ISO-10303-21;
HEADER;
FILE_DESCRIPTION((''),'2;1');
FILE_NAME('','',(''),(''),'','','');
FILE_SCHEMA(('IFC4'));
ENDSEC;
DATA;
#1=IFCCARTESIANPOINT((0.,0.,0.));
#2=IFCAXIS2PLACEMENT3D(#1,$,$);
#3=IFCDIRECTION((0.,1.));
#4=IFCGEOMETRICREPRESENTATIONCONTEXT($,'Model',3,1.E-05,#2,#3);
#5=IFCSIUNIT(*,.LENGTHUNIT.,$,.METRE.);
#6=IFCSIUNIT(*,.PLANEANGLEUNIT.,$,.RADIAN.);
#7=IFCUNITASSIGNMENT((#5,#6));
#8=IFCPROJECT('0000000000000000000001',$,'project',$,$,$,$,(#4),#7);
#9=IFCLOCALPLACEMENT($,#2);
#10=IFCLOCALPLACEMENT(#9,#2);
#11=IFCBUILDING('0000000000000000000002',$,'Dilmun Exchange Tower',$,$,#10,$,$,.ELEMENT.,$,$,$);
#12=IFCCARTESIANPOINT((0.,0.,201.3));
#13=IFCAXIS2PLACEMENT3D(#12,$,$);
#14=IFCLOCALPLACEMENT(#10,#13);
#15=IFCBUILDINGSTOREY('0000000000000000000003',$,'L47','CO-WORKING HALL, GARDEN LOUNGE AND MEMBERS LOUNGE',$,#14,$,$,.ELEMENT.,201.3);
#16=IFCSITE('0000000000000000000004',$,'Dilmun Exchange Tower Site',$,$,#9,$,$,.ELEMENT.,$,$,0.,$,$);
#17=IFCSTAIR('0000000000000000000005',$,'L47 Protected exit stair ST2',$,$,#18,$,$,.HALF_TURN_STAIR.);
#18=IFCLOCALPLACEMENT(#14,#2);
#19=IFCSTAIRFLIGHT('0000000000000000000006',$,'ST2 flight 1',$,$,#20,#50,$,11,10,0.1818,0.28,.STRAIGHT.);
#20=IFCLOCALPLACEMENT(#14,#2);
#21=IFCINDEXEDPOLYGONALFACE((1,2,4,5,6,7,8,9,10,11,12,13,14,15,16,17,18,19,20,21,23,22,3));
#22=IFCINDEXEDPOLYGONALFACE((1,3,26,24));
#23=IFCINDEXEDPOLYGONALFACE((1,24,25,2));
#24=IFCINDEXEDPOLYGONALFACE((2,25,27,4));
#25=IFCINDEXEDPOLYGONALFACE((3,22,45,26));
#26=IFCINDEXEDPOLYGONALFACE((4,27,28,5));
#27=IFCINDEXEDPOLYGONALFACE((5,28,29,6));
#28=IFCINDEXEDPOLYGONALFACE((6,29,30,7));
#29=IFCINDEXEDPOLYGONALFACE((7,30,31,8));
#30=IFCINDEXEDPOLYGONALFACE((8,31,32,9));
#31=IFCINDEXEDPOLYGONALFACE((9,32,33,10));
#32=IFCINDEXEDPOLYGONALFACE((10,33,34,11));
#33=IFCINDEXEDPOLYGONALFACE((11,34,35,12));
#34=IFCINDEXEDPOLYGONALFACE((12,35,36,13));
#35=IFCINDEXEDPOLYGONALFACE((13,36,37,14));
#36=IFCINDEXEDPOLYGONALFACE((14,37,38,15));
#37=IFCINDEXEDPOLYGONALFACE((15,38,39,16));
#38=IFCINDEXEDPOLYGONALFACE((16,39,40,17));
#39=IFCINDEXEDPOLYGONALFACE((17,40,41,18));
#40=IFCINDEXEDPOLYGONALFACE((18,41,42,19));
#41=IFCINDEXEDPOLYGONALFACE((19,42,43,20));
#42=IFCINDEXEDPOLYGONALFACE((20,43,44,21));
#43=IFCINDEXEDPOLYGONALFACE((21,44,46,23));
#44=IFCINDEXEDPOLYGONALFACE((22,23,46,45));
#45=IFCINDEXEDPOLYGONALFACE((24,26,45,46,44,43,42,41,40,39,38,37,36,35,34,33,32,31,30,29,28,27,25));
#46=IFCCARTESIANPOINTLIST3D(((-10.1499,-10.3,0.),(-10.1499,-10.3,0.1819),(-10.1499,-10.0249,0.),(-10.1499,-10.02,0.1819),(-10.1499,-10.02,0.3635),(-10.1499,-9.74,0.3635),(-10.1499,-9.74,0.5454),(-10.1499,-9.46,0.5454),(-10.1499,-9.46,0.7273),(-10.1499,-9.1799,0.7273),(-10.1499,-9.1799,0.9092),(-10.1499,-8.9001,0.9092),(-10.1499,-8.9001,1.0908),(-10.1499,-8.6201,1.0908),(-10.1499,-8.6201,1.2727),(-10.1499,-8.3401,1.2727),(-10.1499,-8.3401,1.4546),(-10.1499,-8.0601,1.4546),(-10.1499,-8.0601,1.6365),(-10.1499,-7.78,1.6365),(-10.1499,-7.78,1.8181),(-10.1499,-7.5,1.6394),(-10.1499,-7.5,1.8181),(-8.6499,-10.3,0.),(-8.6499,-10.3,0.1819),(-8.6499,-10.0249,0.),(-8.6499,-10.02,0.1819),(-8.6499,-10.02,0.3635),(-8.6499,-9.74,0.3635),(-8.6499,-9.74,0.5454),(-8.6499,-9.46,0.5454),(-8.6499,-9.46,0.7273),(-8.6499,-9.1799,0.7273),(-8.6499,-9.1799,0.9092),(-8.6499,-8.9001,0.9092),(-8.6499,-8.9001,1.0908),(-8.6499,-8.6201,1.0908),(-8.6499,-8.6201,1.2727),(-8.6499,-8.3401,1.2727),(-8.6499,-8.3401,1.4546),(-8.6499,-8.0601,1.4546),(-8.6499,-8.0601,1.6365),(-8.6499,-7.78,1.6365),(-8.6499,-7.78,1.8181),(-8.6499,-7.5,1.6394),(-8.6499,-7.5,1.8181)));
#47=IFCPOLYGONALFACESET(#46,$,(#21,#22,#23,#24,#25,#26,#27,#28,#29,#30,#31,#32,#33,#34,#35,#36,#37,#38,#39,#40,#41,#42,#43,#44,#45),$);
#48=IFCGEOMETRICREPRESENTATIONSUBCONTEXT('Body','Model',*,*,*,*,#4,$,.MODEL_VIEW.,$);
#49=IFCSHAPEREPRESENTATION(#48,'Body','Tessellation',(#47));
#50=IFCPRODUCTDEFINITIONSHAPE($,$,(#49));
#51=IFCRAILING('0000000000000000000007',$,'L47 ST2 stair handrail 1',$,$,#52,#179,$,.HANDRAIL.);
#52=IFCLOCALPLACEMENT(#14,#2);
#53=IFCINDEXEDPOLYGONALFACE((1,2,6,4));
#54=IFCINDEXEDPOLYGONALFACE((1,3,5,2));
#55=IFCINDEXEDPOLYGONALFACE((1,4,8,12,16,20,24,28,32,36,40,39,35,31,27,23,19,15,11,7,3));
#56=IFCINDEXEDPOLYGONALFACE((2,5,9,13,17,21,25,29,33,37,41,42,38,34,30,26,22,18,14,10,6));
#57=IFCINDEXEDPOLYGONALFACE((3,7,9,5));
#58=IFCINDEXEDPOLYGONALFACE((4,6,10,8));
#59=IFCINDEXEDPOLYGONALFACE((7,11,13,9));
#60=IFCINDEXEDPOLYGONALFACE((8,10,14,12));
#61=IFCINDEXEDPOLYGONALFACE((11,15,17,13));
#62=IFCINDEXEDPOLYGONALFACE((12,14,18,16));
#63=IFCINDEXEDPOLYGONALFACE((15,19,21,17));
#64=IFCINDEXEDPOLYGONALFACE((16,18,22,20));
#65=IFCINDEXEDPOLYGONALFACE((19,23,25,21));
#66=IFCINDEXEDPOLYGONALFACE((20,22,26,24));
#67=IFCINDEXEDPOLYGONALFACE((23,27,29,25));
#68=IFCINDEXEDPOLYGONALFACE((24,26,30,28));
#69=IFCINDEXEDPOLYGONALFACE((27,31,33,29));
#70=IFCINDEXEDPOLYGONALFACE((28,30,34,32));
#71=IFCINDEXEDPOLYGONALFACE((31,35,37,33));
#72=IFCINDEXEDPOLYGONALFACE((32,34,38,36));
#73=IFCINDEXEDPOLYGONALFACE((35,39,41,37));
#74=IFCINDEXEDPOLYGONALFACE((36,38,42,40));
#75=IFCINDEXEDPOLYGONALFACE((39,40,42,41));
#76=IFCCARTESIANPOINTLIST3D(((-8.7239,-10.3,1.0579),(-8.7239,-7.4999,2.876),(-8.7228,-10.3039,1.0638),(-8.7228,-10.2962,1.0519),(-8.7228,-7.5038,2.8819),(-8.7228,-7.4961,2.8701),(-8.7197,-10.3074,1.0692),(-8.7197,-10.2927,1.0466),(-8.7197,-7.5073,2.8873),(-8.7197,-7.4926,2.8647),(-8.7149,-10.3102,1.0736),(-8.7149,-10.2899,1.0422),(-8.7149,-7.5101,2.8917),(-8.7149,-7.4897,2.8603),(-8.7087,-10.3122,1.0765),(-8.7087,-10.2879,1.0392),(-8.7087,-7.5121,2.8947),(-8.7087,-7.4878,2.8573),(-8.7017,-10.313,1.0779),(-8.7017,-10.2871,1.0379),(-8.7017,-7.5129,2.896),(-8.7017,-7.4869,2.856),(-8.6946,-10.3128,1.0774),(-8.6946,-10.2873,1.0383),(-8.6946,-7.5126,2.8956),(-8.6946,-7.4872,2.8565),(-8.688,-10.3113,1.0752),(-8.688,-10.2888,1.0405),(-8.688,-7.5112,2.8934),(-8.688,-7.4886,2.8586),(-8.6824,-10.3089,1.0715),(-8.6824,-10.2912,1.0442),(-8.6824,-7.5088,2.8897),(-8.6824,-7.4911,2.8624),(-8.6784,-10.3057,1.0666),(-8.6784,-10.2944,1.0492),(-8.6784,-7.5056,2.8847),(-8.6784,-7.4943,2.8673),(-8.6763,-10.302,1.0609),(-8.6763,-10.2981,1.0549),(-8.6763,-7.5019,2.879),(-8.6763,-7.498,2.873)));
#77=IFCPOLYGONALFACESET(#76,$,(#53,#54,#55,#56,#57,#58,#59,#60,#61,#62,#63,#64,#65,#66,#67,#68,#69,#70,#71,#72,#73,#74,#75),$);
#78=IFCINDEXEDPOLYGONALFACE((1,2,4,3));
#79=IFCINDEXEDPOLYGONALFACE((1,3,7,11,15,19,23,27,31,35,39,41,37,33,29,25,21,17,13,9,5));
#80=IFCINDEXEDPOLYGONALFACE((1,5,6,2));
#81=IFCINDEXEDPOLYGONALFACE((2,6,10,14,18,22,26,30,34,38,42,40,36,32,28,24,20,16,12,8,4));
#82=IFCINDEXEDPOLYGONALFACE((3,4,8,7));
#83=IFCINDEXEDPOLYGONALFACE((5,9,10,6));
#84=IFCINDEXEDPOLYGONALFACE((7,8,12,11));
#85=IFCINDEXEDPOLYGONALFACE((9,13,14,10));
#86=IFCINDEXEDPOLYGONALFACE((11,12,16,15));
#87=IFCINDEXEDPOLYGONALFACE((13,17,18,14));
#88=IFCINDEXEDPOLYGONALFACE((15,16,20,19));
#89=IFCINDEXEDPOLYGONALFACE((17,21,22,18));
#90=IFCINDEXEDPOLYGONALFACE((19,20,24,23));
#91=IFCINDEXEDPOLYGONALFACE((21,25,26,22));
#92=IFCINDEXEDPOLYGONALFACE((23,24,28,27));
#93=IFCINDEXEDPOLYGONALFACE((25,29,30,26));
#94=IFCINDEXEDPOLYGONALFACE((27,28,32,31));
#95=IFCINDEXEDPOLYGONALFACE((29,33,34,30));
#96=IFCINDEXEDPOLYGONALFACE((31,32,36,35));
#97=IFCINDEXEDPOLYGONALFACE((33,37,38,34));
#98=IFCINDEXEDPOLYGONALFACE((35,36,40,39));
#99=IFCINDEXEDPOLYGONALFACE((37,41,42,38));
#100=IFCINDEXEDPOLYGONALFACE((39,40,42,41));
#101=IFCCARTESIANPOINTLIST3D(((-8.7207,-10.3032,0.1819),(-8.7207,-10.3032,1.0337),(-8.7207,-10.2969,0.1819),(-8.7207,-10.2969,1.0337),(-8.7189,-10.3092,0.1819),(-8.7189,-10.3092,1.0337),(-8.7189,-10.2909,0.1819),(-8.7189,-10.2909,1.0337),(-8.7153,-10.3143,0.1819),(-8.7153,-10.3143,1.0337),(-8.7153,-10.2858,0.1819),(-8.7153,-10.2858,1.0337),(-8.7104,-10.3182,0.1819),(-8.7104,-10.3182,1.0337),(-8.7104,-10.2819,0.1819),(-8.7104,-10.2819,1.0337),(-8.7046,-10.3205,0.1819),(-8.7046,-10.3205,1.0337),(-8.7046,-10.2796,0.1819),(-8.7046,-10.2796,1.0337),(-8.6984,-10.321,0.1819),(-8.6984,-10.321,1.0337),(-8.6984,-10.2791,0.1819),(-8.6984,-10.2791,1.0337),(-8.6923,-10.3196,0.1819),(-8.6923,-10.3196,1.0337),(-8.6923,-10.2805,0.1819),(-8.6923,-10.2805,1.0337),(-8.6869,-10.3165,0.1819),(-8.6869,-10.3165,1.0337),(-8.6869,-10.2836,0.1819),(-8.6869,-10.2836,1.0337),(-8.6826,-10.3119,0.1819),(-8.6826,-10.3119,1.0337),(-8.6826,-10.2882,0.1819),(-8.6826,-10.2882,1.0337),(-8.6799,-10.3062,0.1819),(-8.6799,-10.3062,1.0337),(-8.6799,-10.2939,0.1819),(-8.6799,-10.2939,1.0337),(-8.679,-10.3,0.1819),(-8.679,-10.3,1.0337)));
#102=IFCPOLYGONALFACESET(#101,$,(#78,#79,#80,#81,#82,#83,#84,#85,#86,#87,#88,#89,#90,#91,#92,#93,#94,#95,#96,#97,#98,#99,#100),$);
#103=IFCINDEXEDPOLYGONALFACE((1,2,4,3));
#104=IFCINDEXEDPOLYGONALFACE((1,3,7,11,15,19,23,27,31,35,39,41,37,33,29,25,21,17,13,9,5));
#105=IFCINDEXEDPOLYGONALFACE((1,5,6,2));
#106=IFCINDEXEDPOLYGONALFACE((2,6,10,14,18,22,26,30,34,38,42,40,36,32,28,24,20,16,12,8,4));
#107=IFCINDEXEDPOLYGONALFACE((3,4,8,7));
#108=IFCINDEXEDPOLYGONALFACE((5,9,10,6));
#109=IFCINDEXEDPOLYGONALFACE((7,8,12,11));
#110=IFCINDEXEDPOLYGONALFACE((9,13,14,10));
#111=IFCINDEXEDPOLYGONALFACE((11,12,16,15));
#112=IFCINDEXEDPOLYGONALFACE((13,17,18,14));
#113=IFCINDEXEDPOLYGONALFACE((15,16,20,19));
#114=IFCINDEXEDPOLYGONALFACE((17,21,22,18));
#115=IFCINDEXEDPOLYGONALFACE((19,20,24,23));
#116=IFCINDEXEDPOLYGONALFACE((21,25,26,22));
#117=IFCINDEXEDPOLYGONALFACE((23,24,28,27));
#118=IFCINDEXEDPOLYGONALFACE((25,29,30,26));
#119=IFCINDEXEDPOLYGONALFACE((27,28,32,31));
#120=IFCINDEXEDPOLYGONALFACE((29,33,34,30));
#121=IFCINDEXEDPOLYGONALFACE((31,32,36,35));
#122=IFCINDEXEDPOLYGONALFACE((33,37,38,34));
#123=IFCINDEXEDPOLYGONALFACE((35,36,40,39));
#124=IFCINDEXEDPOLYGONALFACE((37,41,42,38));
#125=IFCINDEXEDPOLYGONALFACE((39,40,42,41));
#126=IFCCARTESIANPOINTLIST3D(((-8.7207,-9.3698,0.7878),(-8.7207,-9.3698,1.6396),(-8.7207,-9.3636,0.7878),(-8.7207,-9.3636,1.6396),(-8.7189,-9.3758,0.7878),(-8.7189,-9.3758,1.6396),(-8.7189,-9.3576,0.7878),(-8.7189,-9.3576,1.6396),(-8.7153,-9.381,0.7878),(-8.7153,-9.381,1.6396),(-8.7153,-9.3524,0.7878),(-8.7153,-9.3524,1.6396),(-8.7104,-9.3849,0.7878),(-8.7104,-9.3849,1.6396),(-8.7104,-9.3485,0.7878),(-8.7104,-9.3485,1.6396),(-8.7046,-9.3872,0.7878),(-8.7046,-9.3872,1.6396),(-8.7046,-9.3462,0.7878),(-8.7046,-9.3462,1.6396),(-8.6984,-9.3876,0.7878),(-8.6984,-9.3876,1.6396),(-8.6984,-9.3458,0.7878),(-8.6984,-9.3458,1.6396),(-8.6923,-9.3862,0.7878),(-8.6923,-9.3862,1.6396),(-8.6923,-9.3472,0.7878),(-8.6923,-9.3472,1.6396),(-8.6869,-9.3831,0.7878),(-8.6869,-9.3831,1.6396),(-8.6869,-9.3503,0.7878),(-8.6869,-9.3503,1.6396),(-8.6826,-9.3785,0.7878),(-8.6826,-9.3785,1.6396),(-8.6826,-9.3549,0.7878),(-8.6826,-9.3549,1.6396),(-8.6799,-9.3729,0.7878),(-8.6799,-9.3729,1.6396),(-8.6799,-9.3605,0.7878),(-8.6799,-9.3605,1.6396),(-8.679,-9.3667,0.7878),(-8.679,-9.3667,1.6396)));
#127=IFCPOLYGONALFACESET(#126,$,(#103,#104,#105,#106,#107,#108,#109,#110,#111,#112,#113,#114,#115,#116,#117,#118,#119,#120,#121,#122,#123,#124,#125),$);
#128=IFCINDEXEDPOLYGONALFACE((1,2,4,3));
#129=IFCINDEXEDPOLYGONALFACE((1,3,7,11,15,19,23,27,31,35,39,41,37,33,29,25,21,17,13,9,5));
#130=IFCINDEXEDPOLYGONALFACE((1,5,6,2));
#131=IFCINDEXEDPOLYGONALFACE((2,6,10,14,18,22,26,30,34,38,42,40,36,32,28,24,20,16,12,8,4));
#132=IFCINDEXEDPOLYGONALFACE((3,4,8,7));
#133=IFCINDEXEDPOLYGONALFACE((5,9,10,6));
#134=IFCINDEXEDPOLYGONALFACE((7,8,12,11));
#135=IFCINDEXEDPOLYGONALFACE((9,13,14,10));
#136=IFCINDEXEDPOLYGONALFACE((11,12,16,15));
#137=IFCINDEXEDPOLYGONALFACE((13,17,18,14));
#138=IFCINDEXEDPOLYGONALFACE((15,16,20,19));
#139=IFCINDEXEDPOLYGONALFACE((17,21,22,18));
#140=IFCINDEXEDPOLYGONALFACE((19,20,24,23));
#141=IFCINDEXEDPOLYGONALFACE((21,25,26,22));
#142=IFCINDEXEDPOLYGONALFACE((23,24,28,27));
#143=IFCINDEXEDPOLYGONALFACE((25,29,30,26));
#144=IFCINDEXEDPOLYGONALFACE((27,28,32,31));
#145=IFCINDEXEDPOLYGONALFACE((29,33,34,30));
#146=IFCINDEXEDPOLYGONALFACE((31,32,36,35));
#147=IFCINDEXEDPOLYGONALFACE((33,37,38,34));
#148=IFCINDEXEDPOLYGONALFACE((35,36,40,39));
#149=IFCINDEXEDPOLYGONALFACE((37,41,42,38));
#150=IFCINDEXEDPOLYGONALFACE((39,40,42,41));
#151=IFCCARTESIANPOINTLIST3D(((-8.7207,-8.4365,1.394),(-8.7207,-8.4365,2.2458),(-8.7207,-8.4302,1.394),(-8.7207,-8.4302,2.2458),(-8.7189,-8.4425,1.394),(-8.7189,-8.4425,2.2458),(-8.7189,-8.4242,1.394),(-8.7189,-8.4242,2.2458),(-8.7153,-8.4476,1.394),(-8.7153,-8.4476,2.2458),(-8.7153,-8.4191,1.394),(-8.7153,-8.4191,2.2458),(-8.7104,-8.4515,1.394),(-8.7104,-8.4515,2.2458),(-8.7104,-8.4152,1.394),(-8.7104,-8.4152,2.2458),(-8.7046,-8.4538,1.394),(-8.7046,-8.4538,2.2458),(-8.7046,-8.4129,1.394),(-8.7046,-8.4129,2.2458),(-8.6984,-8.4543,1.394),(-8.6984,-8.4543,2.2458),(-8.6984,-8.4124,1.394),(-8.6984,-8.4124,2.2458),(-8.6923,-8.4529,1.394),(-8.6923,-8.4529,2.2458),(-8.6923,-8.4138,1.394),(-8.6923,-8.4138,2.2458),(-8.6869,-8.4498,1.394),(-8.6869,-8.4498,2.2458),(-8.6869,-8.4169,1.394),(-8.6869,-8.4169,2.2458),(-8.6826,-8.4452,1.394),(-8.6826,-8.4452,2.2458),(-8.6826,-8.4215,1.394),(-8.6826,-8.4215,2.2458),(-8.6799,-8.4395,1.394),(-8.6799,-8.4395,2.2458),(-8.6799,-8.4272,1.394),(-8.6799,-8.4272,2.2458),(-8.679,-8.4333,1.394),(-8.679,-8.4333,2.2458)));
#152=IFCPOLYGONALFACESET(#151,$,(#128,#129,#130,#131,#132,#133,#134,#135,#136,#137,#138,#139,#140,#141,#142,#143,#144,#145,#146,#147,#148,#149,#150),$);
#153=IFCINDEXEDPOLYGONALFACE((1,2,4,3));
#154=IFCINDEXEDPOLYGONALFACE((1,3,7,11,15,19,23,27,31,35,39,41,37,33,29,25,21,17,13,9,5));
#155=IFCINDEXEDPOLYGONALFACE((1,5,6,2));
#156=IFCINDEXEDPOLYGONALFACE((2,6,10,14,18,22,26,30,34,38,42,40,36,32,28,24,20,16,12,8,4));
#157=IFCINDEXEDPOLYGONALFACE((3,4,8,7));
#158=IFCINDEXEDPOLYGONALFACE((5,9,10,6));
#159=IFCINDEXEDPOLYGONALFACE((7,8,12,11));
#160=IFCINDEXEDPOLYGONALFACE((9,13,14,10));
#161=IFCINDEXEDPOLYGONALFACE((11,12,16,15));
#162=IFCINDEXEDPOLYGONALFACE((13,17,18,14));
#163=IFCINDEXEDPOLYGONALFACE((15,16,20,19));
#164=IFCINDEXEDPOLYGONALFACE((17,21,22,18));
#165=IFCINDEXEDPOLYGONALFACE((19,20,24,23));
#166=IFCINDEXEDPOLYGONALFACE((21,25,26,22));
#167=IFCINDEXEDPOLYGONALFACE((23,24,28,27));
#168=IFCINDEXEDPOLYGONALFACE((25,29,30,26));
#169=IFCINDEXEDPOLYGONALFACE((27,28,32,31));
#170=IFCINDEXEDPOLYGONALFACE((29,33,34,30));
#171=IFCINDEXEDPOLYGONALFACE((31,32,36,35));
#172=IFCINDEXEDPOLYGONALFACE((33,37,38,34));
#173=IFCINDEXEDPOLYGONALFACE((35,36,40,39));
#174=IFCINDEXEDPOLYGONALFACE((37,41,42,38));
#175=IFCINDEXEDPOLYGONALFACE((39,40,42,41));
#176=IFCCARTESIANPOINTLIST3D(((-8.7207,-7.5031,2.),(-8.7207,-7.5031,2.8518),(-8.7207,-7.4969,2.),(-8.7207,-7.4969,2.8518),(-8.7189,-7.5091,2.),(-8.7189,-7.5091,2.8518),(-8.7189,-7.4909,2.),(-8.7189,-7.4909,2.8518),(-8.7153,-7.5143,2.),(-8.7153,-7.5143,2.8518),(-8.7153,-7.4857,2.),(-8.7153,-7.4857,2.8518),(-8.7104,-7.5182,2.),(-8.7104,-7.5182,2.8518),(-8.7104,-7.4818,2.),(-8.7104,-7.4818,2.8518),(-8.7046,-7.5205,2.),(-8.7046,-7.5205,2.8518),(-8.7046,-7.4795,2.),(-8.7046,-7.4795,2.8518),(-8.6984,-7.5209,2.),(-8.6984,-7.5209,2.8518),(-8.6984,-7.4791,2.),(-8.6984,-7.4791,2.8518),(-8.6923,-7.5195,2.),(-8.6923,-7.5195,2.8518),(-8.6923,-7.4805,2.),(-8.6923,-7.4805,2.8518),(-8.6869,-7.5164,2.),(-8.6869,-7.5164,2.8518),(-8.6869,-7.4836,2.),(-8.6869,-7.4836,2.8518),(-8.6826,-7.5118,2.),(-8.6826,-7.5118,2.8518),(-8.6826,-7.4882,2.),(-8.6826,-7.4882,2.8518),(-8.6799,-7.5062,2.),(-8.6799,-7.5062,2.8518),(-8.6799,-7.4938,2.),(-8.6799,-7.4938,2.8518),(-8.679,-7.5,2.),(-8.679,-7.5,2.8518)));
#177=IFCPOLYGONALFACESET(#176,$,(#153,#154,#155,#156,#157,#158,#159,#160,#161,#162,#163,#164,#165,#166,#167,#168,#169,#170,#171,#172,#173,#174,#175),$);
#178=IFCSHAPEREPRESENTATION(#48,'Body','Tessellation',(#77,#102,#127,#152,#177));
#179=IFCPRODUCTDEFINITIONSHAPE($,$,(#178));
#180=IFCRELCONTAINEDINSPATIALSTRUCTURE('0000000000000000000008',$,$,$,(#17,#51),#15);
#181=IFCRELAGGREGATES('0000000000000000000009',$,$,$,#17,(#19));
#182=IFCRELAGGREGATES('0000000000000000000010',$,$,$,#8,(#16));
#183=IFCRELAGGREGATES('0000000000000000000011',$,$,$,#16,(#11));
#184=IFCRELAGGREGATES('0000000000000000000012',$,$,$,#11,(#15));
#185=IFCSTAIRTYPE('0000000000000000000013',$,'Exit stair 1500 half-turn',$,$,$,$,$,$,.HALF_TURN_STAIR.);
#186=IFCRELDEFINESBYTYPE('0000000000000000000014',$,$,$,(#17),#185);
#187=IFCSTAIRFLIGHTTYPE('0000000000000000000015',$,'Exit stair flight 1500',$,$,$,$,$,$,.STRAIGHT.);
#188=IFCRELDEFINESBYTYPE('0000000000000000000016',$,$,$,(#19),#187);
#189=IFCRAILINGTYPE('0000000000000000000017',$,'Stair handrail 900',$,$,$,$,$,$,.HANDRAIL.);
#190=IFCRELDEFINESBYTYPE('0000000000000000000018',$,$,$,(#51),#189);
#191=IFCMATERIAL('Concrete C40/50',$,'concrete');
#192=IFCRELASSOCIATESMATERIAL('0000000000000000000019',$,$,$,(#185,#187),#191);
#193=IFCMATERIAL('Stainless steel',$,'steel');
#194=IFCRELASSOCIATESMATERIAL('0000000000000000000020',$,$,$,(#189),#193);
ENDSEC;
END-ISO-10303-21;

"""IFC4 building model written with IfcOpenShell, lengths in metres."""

from ifc_helpers import new_model, si_unit, direction, frame, origin, origin_2d, place, context, subcontext, project, spatial, polyline, circle, outline, extrude, material, type_object, element, aggregate, save


model = new_model("IFC4")

# Units and contexts
model_context = context("Model", 3, precision=1e-05, world=origin(), true_north=direction((0.0, 1.0)))
body_context = subcontext(model_context, "Body", "Model", "MODEL_VIEW")
ifc_project = project(units=[si_unit("LENGTHUNIT", "METRE"), si_unit("PLANEANGLEUNIT", "RADIAN")], contexts=[model_context])

# Site, building, storey
site_placement = place(None, origin())
site = spatial("IfcSite", under=ifc_project, at=site_placement, Name="Dilmun Exchange Tower Site", CompositionType="ELEMENT", RefElevation=0.0)
building_placement = place(site_placement, origin())
building = spatial("IfcBuilding", under=site, at=building_placement, Name="Dilmun Exchange Tower", CompositionType="ELEMENT")
storey_placement = place(building_placement, frame((0.0, 0.0, 201.3)))
storey = spatial("IfcBuildingStorey", under=building, at=storey_placement, Name="L47", Description="CO-WORKING HALL, GARDEN LOUNGE AND MEMBERS LOUNGE", CompositionType="ELEMENT", Elevation=201.3)

# Shared definitions
ifc_material_1 = material(Name="Concrete C40/50", Category="concrete")

# Stair, stair flight
stair_type = type_object("IfcStairType", Name="Exit stair 1500 half-turn", PredefinedType="HALF_TURN_STAIR", material=ifc_material_1)
stair_placement = place(storey_placement, origin())
stair = element("IfcStair", 1, at=stair_placement, inside=storey, type_object=stair_type, Name="L47 Protected exit stair ST2", PredefinedType="HALF_TURN_STAIR")
stair_flight_type = type_object("IfcStairFlightType", Name="Exit stair flight 1500", PredefinedType="STRAIGHT", material=ifc_material_1)
stair_flight_placement = place(storey_placement, frame((-9.3999, -10.3, 0.0), z_axis=(0.0, 0.0, 1.0), x_axis=(0.0, 1.0, 0.0)))
stair_flight = element("IfcStairFlight", 2, at=stair_flight_placement, type_object=stair_flight_type, Name="ST2 flight 1", NumberOfRisers=11, NumberOfTreads=10, PredefinedType="STRAIGHT", RiserHeight=0.1818, TreadLength=0.28, context=body_context, shape_type="SweptSolid", body=[
    extrude(outline(polyline([(0.0, 0.0), (0.0, 0.1819), (0.28, 0.1819), (0.28, 0.3635), (0.5601, 0.3635), (0.5601, 0.5454), (0.8401, 0.5454), (0.8401, 0.7273), (1.1201, 0.7273), (1.1201, 0.9092), (1.3999, 0.9092), (1.3999, 1.0908), (1.6799, 1.0908), (1.6799, 1.2727), (1.96, 1.2727), (1.96, 1.4546), (2.24, 1.4546), (2.24, 1.6365), (2.52, 1.6365), (2.52, 1.8181), (2.8, 1.8181), (2.8, 2.0), (2.8, 1.6394), (0.2751, 0.0), (0.0, 0.0)])), frame((0.0, 0.75, 0.0), z_axis=(0.0, -1.0, 0.0), x_axis=(1.0, 0.0, 0.0)), (0.0, 0.0, 1.0), 1.5),
])
aggregate(stair, [stair_flight])

# Railing
ifc_material_2 = material(Name="Stainless steel", Category="steel")
railing_type = type_object("IfcRailingType", Name="Stair handrail 900", PredefinedType="HANDRAIL", material=ifc_material_2)
railing_placement = place(storey_placement, frame((-8.7, -10.3, 0.1819)))
element("IfcRailing", 3, at=railing_placement, inside=storey, type_object=railing_type, Name="L47 ST2 stair handrail 1", PredefinedType="HANDRAIL", context=body_context, shape_type="SweptSolid", body=[
    extrude(circle(Radius=0.0239, at=origin_2d()), frame((0.0, 0.0, 0.876), z_axis=(0.0, 0.838706, 0.544585), x_axis=(-1.0, 0.0, 0.0)), (0.0, 0.0, 1.0), 3.3386),
    extrude(circle(Radius=0.021, at=origin_2d()), origin(), (0.0, 0.0, 1.0), 0.8518),
    extrude(circle(Radius=0.021, at=origin_2d()), frame((0.0, 0.9333, 0.606)), (0.0, 0.0, 1.0), 0.8518),
    extrude(circle(Radius=0.021, at=origin_2d()), frame((0.0, 1.8667, 1.2122)), (0.0, 0.0, 1.0), 0.8518),
    extrude(circle(Radius=0.021, at=origin_2d()), frame((0.0, 2.8, 1.8181)), (0.0, 0.0, 1.0), 0.8518),
])

save(model, "model.ifc")
